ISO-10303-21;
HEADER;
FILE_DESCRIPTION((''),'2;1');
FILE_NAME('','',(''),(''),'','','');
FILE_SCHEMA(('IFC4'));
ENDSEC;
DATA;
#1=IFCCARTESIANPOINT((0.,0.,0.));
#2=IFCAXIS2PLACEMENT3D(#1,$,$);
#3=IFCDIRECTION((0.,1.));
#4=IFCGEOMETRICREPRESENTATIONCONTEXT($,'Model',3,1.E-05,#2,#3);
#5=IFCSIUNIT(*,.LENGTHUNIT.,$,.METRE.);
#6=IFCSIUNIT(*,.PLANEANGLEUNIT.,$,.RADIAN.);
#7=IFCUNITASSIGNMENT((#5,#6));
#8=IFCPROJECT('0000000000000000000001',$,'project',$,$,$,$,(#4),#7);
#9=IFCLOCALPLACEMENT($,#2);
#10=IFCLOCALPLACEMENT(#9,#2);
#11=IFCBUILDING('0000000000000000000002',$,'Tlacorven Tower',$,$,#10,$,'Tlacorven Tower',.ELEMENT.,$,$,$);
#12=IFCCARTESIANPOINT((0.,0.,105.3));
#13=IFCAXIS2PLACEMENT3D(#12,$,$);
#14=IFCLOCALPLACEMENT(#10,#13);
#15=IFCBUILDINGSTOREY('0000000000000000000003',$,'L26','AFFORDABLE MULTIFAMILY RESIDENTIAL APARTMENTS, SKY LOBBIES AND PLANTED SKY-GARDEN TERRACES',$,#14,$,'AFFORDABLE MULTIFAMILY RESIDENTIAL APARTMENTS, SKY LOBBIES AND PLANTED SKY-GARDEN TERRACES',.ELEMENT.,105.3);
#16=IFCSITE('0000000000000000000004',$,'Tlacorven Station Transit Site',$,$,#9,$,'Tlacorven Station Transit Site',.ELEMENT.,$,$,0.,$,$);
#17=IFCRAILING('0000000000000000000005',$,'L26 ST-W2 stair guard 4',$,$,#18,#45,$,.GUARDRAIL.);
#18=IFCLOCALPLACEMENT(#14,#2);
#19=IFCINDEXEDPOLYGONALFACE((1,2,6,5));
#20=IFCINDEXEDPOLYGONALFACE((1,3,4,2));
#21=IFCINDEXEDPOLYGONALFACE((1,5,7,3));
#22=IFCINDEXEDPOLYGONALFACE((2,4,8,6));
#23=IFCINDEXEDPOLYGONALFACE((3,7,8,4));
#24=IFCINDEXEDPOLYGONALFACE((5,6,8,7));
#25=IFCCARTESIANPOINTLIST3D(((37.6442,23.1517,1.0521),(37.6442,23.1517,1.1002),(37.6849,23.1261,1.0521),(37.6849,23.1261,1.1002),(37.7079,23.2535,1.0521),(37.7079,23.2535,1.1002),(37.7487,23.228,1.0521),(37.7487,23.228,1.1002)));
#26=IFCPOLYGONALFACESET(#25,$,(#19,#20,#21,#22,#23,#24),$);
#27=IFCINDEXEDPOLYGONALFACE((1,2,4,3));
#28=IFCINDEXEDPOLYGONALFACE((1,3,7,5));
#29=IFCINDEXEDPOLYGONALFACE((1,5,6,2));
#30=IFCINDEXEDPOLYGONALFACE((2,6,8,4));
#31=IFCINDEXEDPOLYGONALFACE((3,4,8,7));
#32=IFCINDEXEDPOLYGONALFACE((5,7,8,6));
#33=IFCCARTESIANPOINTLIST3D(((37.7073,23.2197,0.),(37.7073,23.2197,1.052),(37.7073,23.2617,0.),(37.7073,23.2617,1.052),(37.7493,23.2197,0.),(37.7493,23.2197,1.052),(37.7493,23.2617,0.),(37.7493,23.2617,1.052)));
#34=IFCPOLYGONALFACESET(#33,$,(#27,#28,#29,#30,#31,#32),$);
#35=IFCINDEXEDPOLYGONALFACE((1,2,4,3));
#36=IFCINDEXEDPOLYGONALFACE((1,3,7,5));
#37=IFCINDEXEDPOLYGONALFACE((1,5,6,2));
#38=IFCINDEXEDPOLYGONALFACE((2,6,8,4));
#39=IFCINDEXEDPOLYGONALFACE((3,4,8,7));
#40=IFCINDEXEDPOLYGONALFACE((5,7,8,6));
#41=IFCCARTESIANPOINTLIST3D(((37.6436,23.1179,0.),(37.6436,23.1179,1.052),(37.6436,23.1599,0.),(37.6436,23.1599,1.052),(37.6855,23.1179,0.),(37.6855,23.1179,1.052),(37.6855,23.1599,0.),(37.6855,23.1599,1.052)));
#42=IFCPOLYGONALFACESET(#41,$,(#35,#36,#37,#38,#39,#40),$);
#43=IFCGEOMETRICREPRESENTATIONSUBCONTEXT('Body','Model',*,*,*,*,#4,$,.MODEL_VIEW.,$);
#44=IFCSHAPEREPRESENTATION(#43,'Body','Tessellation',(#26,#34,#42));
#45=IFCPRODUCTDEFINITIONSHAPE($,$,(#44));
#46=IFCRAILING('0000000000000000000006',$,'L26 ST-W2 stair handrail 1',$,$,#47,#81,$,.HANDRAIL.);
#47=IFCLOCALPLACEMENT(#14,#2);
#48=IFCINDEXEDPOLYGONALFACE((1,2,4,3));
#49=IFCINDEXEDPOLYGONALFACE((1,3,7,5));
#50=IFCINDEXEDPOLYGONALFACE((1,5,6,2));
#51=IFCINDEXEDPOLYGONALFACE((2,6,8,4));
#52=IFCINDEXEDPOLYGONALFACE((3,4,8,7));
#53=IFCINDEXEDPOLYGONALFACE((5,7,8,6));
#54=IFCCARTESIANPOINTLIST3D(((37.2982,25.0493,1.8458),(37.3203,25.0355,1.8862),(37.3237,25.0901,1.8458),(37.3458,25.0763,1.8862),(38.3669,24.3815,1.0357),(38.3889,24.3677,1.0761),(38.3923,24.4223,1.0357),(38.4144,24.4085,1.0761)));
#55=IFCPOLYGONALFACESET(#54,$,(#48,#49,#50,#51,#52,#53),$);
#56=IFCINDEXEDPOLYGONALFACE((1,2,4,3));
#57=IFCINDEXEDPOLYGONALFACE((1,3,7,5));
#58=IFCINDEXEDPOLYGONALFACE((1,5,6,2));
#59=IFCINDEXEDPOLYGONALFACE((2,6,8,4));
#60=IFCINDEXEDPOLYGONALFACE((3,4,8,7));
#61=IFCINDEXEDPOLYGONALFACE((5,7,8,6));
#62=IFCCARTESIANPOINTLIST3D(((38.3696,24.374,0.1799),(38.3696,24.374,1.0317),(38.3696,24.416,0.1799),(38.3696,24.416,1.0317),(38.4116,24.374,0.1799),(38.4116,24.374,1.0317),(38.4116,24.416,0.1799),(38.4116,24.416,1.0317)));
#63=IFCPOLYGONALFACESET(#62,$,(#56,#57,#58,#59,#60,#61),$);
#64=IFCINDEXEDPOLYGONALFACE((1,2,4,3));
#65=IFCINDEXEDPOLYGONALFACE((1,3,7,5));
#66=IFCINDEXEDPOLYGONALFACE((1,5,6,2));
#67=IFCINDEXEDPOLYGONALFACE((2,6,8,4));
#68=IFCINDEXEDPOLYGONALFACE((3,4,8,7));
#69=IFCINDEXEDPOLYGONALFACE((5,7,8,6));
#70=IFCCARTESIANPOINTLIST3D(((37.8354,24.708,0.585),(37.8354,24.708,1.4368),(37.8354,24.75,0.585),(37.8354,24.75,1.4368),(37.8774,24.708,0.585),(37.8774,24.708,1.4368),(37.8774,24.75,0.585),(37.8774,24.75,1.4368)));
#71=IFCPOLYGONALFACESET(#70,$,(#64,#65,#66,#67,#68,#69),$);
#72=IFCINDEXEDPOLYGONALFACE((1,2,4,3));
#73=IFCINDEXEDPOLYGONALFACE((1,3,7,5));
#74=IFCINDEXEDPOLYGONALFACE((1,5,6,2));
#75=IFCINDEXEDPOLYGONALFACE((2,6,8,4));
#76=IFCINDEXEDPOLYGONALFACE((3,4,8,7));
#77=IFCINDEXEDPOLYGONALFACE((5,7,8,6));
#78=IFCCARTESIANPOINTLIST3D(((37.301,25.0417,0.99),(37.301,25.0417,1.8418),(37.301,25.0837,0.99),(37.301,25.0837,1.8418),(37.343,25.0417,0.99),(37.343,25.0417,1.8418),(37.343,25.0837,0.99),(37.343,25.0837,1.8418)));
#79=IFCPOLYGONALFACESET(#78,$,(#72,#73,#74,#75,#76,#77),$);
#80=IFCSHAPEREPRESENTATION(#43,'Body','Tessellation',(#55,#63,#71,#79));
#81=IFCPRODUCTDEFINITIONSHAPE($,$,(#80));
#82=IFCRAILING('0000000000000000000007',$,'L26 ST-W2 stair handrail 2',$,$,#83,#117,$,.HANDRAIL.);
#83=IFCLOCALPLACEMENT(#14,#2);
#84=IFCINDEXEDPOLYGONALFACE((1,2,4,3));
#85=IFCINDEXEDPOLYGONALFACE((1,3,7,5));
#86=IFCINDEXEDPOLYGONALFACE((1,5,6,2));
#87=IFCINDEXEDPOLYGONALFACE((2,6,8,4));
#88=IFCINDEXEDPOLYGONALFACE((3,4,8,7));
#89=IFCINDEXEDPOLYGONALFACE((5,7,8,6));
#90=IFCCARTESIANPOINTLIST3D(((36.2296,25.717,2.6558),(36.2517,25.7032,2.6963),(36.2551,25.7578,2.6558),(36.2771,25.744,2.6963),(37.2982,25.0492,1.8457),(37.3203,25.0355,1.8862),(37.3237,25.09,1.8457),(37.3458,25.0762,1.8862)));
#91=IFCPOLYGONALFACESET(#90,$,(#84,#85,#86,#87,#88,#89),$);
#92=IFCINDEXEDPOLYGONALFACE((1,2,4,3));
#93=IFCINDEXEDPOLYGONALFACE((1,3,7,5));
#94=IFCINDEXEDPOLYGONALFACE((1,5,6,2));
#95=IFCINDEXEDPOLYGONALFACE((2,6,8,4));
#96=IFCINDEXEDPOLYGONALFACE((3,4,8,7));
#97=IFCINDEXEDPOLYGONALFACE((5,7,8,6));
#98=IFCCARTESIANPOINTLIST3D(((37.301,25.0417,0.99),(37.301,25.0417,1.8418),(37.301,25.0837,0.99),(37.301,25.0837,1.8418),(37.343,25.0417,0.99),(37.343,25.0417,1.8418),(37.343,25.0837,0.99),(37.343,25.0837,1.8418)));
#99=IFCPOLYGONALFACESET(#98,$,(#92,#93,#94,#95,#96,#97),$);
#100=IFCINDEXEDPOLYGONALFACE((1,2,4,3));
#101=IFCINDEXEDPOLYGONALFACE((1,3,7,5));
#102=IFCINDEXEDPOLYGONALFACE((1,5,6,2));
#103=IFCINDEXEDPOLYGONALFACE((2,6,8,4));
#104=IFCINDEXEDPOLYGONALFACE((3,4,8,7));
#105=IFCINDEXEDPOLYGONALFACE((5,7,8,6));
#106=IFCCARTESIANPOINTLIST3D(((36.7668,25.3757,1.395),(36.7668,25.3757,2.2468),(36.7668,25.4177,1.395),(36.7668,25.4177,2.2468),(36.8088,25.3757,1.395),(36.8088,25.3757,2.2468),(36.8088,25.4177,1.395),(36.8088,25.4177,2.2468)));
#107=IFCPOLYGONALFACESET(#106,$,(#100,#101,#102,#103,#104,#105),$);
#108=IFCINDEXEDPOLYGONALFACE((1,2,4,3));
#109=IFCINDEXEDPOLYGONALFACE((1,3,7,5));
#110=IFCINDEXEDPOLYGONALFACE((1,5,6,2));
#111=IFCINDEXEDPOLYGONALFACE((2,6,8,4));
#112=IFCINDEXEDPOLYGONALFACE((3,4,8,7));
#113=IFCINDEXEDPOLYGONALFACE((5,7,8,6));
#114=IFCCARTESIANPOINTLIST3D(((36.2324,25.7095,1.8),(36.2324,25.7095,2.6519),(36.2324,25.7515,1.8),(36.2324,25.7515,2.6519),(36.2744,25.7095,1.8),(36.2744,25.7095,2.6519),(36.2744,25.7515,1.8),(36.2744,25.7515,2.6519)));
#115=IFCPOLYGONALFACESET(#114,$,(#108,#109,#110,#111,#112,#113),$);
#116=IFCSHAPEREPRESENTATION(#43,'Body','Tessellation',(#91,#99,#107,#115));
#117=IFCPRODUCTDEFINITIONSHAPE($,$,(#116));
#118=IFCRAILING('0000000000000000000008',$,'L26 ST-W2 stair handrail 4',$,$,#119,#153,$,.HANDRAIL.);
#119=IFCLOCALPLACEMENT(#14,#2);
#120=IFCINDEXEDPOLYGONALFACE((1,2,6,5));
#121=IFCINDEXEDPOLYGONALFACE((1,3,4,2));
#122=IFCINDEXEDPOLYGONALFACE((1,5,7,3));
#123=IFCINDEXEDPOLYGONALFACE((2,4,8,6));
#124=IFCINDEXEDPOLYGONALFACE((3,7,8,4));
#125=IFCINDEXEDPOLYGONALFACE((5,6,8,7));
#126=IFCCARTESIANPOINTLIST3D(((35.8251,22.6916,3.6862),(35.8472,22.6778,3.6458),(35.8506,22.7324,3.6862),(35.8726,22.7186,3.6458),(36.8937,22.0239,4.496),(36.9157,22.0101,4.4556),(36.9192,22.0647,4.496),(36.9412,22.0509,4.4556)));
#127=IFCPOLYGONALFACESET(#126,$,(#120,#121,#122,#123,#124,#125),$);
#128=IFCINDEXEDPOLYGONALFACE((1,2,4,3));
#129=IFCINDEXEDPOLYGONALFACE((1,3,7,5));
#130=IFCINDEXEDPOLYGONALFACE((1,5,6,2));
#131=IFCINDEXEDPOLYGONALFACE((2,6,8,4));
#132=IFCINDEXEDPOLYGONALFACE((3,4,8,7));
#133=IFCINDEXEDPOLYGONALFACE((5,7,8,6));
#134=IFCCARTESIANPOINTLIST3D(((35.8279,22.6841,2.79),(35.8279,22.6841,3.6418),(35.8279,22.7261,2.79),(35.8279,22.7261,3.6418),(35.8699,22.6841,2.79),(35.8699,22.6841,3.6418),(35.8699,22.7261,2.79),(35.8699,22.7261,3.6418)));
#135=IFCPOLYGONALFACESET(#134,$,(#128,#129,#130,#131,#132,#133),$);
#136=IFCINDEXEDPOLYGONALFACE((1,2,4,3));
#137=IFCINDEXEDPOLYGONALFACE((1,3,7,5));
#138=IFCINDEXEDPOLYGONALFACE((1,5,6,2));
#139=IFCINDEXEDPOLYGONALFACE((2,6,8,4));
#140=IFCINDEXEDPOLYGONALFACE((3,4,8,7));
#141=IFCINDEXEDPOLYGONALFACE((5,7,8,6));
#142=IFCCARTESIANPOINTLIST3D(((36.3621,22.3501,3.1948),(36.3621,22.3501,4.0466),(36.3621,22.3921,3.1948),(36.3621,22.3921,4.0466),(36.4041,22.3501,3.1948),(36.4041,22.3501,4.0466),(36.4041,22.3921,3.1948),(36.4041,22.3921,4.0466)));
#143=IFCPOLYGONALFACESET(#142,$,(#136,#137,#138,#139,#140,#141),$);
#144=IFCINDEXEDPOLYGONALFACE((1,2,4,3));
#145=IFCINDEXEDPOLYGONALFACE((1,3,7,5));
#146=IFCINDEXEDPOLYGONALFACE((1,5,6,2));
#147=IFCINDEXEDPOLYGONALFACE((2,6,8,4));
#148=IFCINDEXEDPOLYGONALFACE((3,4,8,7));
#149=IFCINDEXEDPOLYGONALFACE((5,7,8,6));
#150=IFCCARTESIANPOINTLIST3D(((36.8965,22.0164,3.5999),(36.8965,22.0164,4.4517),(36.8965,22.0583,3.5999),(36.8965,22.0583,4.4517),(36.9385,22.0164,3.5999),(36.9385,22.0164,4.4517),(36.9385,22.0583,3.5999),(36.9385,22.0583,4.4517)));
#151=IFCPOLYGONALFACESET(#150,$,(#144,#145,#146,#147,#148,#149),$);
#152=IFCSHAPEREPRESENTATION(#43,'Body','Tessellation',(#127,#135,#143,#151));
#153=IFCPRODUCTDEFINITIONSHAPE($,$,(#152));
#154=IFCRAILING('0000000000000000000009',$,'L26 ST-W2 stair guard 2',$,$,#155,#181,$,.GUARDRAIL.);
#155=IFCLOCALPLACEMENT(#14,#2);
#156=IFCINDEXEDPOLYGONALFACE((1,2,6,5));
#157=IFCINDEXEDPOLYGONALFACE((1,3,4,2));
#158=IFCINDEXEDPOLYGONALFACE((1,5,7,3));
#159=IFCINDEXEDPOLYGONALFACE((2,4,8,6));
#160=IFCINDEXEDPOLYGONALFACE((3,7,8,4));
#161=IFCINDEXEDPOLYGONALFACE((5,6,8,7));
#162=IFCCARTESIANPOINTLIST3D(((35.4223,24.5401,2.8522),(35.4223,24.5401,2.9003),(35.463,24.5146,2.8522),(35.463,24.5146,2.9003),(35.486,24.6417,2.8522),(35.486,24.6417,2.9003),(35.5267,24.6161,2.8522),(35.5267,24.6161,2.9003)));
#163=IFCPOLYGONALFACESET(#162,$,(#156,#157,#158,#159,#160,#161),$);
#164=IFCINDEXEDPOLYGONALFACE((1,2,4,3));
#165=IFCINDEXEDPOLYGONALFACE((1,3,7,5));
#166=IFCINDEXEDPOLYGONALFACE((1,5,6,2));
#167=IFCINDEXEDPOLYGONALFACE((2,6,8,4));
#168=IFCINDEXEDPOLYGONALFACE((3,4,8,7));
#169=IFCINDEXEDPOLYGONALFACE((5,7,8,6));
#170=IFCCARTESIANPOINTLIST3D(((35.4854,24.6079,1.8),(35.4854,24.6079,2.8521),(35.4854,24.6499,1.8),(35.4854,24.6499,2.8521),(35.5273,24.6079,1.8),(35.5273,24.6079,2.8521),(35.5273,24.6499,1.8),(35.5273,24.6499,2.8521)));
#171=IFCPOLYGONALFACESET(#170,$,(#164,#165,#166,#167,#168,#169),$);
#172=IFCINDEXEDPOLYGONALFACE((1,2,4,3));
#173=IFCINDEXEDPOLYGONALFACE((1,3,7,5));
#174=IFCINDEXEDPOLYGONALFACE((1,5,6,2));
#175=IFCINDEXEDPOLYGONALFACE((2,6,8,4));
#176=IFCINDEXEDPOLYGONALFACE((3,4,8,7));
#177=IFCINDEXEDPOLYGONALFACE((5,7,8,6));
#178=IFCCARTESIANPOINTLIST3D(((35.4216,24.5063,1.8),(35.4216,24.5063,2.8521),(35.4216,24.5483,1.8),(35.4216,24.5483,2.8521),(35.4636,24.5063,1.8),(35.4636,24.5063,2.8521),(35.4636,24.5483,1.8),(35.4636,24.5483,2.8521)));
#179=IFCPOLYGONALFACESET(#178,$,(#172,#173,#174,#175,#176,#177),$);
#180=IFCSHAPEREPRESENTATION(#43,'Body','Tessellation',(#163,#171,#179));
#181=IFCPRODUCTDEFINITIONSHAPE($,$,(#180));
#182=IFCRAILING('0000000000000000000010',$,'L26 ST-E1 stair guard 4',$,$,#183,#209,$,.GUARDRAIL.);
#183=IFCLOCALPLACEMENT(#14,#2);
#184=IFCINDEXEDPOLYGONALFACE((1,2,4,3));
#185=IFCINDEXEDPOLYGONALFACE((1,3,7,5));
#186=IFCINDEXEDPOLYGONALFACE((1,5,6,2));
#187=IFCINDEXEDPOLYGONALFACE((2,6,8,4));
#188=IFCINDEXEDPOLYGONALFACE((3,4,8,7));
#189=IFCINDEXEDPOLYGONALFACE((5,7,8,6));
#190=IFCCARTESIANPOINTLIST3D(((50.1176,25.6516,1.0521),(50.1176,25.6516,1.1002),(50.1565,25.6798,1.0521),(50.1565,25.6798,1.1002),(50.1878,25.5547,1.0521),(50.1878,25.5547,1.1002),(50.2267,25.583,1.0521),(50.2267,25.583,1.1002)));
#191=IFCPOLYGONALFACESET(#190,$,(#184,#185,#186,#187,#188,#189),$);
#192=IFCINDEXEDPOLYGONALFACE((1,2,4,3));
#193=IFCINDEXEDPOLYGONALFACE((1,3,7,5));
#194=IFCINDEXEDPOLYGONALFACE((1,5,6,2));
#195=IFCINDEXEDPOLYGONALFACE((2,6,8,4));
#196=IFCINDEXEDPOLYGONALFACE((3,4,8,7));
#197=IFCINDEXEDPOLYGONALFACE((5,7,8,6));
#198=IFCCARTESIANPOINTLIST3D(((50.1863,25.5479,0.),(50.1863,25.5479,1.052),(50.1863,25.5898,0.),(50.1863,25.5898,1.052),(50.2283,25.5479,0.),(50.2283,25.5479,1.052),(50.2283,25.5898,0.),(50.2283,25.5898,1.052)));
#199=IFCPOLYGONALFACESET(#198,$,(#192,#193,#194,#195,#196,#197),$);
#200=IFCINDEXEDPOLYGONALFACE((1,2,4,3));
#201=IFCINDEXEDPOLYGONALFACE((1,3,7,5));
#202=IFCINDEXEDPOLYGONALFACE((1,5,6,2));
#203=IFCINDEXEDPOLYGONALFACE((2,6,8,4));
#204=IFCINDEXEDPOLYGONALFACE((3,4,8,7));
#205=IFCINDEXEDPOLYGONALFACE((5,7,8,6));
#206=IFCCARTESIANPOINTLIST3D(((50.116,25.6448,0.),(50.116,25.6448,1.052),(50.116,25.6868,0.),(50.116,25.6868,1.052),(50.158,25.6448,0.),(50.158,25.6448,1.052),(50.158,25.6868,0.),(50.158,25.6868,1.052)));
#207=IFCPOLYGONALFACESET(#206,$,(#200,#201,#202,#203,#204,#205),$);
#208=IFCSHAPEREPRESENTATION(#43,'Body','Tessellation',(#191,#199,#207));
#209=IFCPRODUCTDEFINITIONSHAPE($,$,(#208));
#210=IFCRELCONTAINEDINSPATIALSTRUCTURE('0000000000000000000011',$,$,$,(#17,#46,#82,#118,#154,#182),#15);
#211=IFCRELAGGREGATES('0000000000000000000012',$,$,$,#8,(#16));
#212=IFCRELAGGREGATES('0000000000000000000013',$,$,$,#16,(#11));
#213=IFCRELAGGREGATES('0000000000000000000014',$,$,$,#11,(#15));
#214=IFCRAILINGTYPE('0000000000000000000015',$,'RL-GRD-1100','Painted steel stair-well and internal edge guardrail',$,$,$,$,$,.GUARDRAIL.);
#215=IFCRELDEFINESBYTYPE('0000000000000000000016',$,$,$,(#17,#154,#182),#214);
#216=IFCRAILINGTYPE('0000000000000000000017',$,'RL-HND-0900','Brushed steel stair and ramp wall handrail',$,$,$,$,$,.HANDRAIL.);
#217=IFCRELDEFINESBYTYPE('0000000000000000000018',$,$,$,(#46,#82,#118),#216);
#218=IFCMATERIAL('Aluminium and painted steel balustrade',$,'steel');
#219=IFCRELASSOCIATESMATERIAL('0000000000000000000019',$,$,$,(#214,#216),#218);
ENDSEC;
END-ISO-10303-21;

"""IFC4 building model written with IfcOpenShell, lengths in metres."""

from ifc_helpers import new_model, si_unit, direction, frame, origin, origin_2d, place, context, subcontext, project, spatial, rectangle, extrude, source, transform, mapped, material, type_object, element, save


model = new_model("IFC4")

# Units and contexts
model_context = context("Model", 3, precision=1e-05, world=origin(), true_north=direction((0.0, 1.0)))
body_context = subcontext(model_context, "Body", "Model", "MODEL_VIEW")
ifc_project = project(units=[si_unit("LENGTHUNIT", "METRE"), si_unit("PLANEANGLEUNIT", "RADIAN")], contexts=[model_context])

# Site, building, storey
site_placement = place(None, origin())
site = spatial("IfcSite", under=ifc_project, at=site_placement, Name="Tlacorven Station Transit Site", LongName="Tlacorven Station Transit Site", CompositionType="ELEMENT", RefElevation=0.0)
building_placement = place(site_placement, origin())
building = spatial("IfcBuilding", under=site, at=building_placement, Name="Tlacorven Tower", LongName="Tlacorven Tower", CompositionType="ELEMENT")
storey_placement = place(building_placement, frame((0.0, 0.0, 105.3)))
storey = spatial("IfcBuildingStorey", under=building, at=storey_placement, Name="L26", Description="AFFORDABLE MULTIFAMILY RESIDENTIAL APARTMENTS, SKY LOBBIES AND PLANTED SKY-GARDEN TERRACES", LongName="AFFORDABLE MULTIFAMILY RESIDENTIAL APARTMENTS, SKY LOBBIES AND PLANTED SKY-GARDEN TERRACES", CompositionType="ELEMENT", Elevation=105.3)

# Railings
ifc_material_1 = material(Name="Aluminium and painted steel balustrade", Category="steel")
railing_type_1 = type_object("IfcRailingType", Name="RL-GRD-1100", Description="Painted steel stair-well and internal edge guardrail", PredefinedType="GUARDRAIL", material=ifc_material_1)
shared_shape_1 = source(origin(), body_context, "Body", "SweptSolid", [
    extrude(rectangle(XDim=0.0481, YDim=0.0481, at=origin_2d()), frame((0.0, 0.0, 1.0762), z_axis=(-0.530547, -0.847656, 0.0), x_axis=(0.847656, -0.530547, 0.0)), (0.0, 0.0, 1.0), 0.1201),
    extrude(rectangle(XDim=0.042, YDim=0.042, at=origin_2d()), origin(), (0.0, 0.0, 1.0), 1.052),
    extrude(rectangle(XDim=0.042, YDim=0.042, at=origin_2d()), frame((-0.0637, -0.1018, 0.0)), (0.0, 0.0, 1.0), 1.052),
])
railing_1_placement = place(storey_placement, frame((37.7283, 23.2407, 0.0)))
element("IfcRailing", 1, at=railing_1_placement, inside=storey, type_object=railing_type_1, Name="L26 ST-W2 stair guard 4", PredefinedType="GUARDRAIL", context=body_context, shape_type="MappedRepresentation", body=[
    mapped(shared_shape_1, transform((0.0, 0.0, 0.0), scale=1.0)),
])
railing_type_2 = type_object("IfcRailingType", Name="RL-HND-0900", Description="Brushed steel stair and ramp wall handrail", PredefinedType="HANDRAIL", material=ifc_material_1)
shared_shape_2 = source(origin(), body_context, "Body", "SweptSolid", [
    extrude(rectangle(XDim=0.0481, YDim=0.0481, at=origin_2d()), frame((0.0, 0.0, 0.876), z_axis=(-0.71336, 0.445748, 0.540765), x_axis=(-0.529912, -0.848053, 0.0)), (0.0, 0.0, 1.0), 1.498),
    extrude(rectangle(XDim=0.042, YDim=0.042, at=origin_2d()), origin(), (0.0, 0.0, 1.0), 0.8518),
    extrude(rectangle(XDim=0.042, YDim=0.042, at=origin_2d()), frame((-0.5342, 0.334, 0.405)), (0.0, 0.0, 1.0), 0.8518),
    extrude(rectangle(XDim=0.042, YDim=0.042, at=origin_2d()), frame((-1.0686, 0.6677, 0.8101)), (0.0, 0.0, 1.0), 0.8518),
])
for number, where, name in (
    (2, (38.3906, 24.395, 0.1799), "L26 ST-W2 stair handrail 1"),
    (3, (37.322, 25.0627, 0.99), "L26 ST-W2 stair handrail 2"),
):
    element("IfcRailing", number, at=place(storey_placement, frame(where)), inside=storey, type_object=railing_type_2, Name=name, PredefinedType="HANDRAIL", context=body_context, shape_type="MappedRepresentation", body=[
        mapped(shared_shape_2, transform((0.0, 0.0, 0.0), scale=1.0)),
    ])
shared_shape_3 = source(origin(), body_context, "Body", "SweptSolid", [
    extrude(rectangle(XDim=0.0481, YDim=0.0481, at=origin_2d()), frame((0.0, 0.0, 0.876), z_axis=(0.713423, -0.445787, 0.540649), x_axis=(0.529912, 0.848053, 0.0)), (0.0, 0.0, 1.0), 1.4978),
    extrude(rectangle(XDim=0.042, YDim=0.042, at=origin_2d()), origin(), (0.0, 0.0, 1.0), 0.8518),
    extrude(rectangle(XDim=0.042, YDim=0.042, at=origin_2d()), frame((0.5342, -0.334, 0.4048)), (0.0, 0.0, 1.0), 0.8518),
    extrude(rectangle(XDim=0.042, YDim=0.042, at=origin_2d()), frame((1.0686, -0.6677, 0.8098)), (0.0, 0.0, 1.0), 0.8518),
])
railing_2_placement = place(storey_placement, frame((35.8489, 22.7051, 2.79)))
element("IfcRailing", 4, at=railing_2_placement, inside=storey, type_object=railing_type_2, Name="L26 ST-W2 stair handrail 4", PredefinedType="HANDRAIL", context=body_context, shape_type="MappedRepresentation", body=[
    mapped(shared_shape_3, transform((0.0, 0.0, 0.0), scale=1.0)),
])
shared_shape_4 = source(origin(), body_context, "Body", "SweptSolid", [
    extrude(rectangle(XDim=0.0481, YDim=0.0481, at=origin_2d()), frame((0.0, 0.0, 1.0762), z_axis=(-0.531462, -0.847082, 0.0), x_axis=(0.847082, -0.531462, 0.0)), (0.0, 0.0, 1.0), 0.1199),
    extrude(rectangle(XDim=0.042, YDim=0.042, at=origin_2d()), origin(), (0.0, 0.0, 1.0), 1.052),
    extrude(rectangle(XDim=0.042, YDim=0.042, at=origin_2d()), frame((-0.0637, -0.1016, 0.0)), (0.0, 0.0, 1.0), 1.052),
])
railing_3_placement = place(storey_placement, frame((35.5063, 24.6289, 1.8)))
element("IfcRailing", 5, at=railing_3_placement, inside=storey, type_object=railing_type_1, Name="L26 ST-W2 stair guard 2", PredefinedType="GUARDRAIL", context=body_context, shape_type="MappedRepresentation", body=[
    mapped(shared_shape_4, transform((0.0, 0.0, 0.0), scale=1.0)),
])
shared_shape_5 = source(origin(), body_context, "Body", "SweptSolid", [
    extrude(rectangle(XDim=0.0481, YDim=0.0481, at=origin_2d()), frame((0.0, 0.0, 1.0762), z_axis=(-0.587201, 0.809441, 0.0), x_axis=(-0.809441, -0.587201, 0.0)), (0.0, 0.0, 1.0), 0.1196),
    extrude(rectangle(XDim=0.042, YDim=0.042, at=origin_2d()), origin(), (0.0, 0.0, 1.0), 1.052),
    extrude(rectangle(XDim=0.042, YDim=0.042, at=origin_2d()), frame((-0.0703, 0.0969, 0.0)), (0.0, 0.0, 1.0), 1.052),
])
railing_4_placement = place(storey_placement, frame((50.2073, 25.5688, 0.0)))
element("IfcRailing", 6, at=railing_4_placement, inside=storey, type_object=railing_type_1, Name="L26 ST-E1 stair guard 4", PredefinedType="GUARDRAIL", context=body_context, shape_type="MappedRepresentation", body=[
    mapped(shared_shape_5, transform((0.0, 0.0, 0.0), scale=1.0)),
])

save(model, "model.ifc")
